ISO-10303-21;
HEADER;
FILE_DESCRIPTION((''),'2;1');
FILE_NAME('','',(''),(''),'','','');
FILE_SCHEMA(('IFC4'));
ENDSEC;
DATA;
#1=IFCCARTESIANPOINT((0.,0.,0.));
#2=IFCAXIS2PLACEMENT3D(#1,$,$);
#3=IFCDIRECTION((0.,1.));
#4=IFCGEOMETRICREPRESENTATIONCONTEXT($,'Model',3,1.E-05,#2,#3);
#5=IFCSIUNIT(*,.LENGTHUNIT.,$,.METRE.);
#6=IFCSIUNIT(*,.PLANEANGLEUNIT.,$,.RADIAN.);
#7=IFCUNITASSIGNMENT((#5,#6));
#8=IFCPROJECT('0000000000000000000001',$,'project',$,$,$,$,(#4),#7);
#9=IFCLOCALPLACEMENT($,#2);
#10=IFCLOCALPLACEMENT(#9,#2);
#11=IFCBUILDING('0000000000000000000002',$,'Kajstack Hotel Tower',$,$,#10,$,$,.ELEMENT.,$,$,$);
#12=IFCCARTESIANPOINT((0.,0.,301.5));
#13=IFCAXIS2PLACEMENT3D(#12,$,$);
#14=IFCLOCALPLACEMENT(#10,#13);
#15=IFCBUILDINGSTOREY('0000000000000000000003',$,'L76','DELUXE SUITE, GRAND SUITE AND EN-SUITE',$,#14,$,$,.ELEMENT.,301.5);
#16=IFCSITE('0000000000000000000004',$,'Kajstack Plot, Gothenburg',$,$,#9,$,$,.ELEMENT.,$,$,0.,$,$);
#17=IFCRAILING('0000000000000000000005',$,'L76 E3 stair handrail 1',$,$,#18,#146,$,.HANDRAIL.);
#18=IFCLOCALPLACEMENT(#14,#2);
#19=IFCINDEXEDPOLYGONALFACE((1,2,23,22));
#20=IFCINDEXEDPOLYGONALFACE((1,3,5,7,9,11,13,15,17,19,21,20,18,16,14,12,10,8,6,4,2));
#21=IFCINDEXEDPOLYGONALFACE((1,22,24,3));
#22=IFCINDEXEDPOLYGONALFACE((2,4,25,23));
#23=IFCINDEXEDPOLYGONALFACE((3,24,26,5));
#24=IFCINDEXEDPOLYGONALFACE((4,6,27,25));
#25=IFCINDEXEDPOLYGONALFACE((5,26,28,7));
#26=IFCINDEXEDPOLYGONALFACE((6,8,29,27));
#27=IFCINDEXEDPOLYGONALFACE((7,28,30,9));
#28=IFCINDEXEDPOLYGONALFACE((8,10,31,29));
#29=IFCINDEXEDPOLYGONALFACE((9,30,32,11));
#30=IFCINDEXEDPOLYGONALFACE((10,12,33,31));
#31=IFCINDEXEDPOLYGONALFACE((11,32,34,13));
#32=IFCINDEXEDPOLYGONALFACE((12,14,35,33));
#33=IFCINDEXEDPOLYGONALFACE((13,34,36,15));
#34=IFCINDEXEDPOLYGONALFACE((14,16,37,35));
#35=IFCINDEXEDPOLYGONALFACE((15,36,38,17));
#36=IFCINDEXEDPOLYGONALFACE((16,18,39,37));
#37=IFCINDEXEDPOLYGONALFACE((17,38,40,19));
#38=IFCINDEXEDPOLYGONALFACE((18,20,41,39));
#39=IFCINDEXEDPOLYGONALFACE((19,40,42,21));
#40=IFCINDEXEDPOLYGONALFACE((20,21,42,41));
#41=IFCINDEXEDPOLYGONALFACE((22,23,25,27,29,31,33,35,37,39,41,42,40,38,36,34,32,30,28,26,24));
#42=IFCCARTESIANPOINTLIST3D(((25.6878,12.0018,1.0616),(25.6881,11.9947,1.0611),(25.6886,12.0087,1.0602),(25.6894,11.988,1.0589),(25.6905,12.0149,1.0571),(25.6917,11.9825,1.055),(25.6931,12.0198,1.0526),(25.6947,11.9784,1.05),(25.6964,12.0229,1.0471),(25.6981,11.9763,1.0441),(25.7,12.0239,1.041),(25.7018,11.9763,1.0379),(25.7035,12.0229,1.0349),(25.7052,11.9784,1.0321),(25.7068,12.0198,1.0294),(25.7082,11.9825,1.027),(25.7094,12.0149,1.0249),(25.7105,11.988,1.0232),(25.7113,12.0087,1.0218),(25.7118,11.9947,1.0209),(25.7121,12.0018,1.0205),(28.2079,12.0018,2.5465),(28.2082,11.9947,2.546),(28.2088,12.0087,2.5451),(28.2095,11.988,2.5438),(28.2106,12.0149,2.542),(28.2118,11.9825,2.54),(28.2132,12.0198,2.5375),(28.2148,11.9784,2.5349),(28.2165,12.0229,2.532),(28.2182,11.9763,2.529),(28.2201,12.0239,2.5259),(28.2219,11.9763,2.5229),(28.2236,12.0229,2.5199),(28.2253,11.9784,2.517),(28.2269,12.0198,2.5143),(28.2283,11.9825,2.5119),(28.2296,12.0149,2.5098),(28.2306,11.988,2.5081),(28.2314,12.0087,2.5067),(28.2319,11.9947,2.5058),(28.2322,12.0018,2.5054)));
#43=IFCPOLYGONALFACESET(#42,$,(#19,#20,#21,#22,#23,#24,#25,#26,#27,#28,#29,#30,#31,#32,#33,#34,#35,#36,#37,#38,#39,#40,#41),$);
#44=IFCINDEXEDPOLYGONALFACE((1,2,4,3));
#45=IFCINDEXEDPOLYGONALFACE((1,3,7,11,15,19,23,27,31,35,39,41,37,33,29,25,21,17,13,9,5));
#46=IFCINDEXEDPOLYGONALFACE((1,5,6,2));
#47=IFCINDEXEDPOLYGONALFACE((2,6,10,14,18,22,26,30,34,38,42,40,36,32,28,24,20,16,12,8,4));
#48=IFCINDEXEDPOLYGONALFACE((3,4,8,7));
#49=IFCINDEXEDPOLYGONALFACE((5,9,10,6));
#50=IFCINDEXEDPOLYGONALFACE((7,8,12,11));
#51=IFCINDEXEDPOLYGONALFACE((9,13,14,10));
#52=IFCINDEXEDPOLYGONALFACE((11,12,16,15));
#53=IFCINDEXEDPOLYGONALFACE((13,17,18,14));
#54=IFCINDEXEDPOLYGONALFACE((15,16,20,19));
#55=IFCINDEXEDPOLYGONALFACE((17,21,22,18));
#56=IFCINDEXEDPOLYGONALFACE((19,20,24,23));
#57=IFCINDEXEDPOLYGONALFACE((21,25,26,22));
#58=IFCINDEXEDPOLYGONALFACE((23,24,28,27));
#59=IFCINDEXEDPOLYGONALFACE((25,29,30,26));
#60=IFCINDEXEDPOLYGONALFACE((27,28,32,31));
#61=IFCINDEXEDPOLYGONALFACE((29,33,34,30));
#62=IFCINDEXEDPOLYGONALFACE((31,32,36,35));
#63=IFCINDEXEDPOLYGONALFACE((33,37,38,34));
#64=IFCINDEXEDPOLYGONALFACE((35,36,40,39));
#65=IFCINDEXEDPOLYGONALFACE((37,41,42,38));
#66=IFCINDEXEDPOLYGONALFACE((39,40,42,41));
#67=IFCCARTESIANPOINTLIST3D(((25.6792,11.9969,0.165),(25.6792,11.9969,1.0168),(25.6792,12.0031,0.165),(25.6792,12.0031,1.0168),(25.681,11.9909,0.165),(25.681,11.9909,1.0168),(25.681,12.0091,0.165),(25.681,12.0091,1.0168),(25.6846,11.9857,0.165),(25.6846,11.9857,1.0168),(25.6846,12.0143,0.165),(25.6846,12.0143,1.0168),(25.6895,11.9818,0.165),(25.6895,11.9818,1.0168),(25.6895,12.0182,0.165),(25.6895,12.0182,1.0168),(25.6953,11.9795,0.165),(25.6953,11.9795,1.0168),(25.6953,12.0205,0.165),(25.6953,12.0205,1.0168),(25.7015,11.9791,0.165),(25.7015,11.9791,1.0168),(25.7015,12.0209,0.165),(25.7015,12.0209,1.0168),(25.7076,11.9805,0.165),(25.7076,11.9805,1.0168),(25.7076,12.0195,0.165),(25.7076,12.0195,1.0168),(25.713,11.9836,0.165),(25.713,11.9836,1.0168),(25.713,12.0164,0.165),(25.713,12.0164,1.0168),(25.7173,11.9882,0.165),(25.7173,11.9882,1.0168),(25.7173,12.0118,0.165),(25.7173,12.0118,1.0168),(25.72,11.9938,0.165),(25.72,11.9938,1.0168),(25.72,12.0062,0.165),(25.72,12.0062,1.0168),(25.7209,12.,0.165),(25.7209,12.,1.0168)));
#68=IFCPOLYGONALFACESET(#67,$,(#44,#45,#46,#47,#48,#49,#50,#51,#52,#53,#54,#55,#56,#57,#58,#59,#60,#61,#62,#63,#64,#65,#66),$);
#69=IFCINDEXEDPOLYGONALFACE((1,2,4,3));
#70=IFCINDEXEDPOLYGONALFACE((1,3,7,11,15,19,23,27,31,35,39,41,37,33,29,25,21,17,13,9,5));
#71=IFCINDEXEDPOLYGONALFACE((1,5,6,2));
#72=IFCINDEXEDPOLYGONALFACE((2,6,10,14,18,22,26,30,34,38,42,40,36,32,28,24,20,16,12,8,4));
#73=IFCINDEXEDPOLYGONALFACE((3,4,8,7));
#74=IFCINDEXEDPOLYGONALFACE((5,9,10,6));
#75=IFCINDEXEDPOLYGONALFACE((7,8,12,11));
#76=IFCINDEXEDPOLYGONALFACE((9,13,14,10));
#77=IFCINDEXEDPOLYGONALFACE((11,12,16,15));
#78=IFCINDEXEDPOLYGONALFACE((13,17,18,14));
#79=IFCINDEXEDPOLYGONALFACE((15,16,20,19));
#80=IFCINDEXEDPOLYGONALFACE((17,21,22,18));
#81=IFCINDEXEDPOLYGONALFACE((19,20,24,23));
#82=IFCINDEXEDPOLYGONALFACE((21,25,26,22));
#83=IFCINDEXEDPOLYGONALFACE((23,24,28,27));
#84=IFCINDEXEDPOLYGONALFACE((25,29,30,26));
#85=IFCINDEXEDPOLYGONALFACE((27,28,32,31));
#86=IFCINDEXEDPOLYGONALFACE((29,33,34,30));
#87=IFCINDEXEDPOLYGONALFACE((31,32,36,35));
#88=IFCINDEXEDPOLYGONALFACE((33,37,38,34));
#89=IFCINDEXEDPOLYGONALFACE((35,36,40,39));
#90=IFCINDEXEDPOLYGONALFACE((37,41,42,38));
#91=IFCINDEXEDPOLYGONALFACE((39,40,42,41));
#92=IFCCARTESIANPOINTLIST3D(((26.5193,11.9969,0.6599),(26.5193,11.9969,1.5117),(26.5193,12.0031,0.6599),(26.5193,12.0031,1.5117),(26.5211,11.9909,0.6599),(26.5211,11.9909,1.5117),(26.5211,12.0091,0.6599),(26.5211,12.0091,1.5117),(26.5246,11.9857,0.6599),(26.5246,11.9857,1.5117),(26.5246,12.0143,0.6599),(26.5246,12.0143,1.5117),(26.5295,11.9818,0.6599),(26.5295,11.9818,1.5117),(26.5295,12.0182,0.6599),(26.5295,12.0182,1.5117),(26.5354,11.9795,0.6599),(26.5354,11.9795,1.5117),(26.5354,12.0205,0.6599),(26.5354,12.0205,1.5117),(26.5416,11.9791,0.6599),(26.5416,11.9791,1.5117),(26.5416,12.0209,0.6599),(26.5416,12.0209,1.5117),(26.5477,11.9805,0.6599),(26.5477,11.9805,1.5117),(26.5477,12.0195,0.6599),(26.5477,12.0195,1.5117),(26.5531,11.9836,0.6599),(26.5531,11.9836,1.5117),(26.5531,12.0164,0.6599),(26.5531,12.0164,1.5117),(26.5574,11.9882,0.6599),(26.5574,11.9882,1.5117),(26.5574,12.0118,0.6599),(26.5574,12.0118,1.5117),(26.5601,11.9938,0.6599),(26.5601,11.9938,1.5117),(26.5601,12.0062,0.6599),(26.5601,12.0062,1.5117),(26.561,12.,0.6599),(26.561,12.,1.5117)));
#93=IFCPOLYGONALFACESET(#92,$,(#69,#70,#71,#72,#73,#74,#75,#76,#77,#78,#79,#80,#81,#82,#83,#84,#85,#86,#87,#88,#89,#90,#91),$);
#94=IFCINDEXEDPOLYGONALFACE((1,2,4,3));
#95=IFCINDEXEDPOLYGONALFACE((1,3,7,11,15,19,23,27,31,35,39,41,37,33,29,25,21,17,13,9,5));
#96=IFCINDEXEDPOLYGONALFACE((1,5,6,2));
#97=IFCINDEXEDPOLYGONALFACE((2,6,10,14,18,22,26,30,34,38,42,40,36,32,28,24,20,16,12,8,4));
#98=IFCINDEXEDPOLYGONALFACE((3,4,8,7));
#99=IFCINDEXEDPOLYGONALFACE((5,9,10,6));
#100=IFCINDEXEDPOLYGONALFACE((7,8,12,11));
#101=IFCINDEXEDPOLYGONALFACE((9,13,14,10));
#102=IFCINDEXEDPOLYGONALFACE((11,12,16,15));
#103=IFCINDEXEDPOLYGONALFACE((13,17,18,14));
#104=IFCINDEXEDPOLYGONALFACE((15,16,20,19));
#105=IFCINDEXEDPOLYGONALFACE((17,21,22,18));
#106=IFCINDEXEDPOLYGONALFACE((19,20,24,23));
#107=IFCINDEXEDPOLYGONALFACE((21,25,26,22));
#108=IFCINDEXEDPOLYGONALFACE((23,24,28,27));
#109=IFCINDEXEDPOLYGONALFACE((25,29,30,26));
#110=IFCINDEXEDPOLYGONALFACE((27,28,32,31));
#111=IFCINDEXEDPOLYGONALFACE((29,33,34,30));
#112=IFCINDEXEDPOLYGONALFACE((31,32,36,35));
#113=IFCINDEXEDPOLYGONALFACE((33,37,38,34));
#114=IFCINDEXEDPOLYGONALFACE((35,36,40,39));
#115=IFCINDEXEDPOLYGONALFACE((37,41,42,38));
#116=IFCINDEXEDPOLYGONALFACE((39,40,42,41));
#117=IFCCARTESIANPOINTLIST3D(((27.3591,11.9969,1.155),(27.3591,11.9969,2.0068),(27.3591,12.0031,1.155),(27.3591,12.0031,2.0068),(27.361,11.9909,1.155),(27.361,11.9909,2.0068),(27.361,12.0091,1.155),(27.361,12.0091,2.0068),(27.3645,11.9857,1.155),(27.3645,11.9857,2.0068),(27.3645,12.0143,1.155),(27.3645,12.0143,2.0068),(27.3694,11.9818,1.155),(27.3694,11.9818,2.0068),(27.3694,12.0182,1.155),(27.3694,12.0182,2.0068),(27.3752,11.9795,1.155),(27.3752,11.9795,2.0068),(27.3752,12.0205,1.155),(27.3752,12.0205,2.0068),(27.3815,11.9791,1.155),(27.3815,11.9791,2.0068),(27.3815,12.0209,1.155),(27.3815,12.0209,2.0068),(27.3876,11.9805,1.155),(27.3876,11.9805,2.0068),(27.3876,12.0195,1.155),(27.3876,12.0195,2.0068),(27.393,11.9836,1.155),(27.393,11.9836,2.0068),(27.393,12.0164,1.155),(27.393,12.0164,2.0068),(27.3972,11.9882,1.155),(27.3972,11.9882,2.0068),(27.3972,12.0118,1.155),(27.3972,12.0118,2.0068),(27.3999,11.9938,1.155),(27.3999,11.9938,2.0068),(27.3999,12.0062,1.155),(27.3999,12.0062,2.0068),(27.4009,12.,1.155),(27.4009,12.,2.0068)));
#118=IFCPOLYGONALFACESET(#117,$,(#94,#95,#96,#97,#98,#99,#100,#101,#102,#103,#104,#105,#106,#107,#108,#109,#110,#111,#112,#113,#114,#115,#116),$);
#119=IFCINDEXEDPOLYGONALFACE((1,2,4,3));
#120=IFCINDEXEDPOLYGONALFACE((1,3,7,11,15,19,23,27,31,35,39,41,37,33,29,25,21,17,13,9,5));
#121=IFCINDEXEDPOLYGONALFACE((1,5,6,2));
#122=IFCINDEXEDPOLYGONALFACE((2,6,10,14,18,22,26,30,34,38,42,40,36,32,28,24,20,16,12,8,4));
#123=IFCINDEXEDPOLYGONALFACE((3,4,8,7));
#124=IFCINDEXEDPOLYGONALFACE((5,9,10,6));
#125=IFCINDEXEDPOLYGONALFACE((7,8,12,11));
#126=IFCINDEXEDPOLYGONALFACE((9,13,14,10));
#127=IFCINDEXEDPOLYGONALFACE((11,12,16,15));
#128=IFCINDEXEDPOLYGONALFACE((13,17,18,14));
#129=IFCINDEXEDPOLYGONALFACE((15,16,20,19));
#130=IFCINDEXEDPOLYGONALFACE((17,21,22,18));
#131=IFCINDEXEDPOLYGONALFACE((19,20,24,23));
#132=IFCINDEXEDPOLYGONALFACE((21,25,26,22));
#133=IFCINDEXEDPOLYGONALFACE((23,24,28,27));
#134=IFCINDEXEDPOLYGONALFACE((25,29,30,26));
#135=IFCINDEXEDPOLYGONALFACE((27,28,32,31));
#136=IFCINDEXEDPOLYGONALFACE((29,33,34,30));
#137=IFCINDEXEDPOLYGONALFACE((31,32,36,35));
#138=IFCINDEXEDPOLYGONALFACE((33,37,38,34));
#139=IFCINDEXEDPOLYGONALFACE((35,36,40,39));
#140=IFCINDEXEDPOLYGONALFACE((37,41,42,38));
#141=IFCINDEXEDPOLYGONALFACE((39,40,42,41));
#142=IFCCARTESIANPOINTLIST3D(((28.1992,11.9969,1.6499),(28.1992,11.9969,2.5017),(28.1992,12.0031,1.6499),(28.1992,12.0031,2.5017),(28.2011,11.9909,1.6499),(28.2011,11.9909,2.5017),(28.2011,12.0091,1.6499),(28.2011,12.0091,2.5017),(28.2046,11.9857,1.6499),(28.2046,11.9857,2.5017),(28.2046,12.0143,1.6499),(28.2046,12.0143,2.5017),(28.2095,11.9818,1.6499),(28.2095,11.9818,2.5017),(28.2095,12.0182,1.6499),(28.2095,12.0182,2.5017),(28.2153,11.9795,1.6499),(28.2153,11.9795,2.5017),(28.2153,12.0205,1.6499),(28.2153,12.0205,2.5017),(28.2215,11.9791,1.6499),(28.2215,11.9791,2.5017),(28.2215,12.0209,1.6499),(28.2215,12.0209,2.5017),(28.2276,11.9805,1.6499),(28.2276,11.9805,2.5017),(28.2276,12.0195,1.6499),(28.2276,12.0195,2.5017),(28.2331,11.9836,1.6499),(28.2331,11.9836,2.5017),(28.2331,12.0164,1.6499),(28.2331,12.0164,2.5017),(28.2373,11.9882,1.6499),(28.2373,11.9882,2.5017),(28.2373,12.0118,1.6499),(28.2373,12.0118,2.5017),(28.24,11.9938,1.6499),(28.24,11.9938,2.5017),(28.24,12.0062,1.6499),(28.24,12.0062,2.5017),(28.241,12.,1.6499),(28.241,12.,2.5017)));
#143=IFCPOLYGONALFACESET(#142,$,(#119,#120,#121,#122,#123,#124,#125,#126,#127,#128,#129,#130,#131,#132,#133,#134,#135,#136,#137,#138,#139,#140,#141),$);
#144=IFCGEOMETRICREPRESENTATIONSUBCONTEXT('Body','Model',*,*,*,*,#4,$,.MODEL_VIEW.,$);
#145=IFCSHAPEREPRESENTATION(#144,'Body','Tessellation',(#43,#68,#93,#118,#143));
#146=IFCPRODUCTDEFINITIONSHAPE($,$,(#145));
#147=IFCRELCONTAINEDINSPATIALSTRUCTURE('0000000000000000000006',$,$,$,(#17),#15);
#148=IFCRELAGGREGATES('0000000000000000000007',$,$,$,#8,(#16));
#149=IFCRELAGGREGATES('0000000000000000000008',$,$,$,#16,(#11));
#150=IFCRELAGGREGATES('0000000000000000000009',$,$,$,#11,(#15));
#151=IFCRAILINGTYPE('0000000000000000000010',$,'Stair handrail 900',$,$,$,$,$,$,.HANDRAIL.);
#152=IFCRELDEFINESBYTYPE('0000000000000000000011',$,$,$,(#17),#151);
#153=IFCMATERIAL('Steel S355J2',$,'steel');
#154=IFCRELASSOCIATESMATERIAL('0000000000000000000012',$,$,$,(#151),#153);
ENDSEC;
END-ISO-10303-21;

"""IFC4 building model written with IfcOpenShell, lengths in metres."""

from ifc_helpers import new_model, si_unit, direction, frame, origin, origin_2d, place, context, subcontext, project, spatial, circle, extrude, material, type_object, element, save


model = new_model("IFC4")

# Units and contexts
model_context = context("Model", 3, precision=1e-05, world=origin(), true_north=direction((0.0, 1.0)))
body_context = subcontext(model_context, "Body", "Model", "MODEL_VIEW")
ifc_project = project(units=[si_unit("LENGTHUNIT", "METRE"), si_unit("PLANEANGLEUNIT", "RADIAN")], contexts=[model_context])

# Site, building, storey
site_placement = place(None, origin())
site = spatial("IfcSite", under=ifc_project, at=site_placement, Name="Kajstack Plot, Gothenburg", CompositionType="ELEMENT", RefElevation=0.0)
building_placement = place(site_placement, origin())
building = spatial("IfcBuilding", under=site, at=building_placement, Name="Kajstack Hotel Tower", CompositionType="ELEMENT")
storey_placement = place(building_placement, frame((0.0, 0.0, 301.5)))
storey = spatial("IfcBuildingStorey", under=building, at=storey_placement, Name="L76", Description="DELUXE SUITE, GRAND SUITE AND EN-SUITE", CompositionType="ELEMENT", Elevation=301.5)

# Railing
ifc_material_1 = material(Name="Steel S355J2", Category="steel")
railing_type_1 = type_object("IfcRailingType", Name="Stair handrail 900", PredefinedType="HANDRAIL", material=ifc_material_1)
railing_1_placement = place(storey_placement, frame((25.7, 12.0, 0.165)))
element("IfcRailing", 1, at=railing_1_placement, inside=storey, type_object=railing_type_1, Name="L76 E3 stair handrail 1", PredefinedType="HANDRAIL", context=body_context, shape_type="SweptSolid", body=[
    extrude(circle(Radius=0.0239, at=origin_2d()), frame((0.0, 0.0, 0.876), z_axis=(0.861561, 0.0, 0.507655), x_axis=(0.0, 1.0, 0.0)), (0.0, 0.0, 1.0), 2.925),
    extrude(circle(Radius=0.021, at=origin_2d()), origin(), (0.0, 0.0, 1.0), 0.8518),
    extrude(circle(Radius=0.021, at=origin_2d()), frame((0.8401, 0.0, 0.4949)), (0.0, 0.0, 1.0), 0.8518),
    extrude(circle(Radius=0.021, at=origin_2d()), frame((1.6799, 0.0, 0.99)), (0.0, 0.0, 1.0), 0.8518),
    extrude(circle(Radius=0.021, at=origin_2d()), frame((2.52, 0.0, 1.4849)), (0.0, 0.0, 1.0), 0.8518),
])

save(model, "model.ifc")
